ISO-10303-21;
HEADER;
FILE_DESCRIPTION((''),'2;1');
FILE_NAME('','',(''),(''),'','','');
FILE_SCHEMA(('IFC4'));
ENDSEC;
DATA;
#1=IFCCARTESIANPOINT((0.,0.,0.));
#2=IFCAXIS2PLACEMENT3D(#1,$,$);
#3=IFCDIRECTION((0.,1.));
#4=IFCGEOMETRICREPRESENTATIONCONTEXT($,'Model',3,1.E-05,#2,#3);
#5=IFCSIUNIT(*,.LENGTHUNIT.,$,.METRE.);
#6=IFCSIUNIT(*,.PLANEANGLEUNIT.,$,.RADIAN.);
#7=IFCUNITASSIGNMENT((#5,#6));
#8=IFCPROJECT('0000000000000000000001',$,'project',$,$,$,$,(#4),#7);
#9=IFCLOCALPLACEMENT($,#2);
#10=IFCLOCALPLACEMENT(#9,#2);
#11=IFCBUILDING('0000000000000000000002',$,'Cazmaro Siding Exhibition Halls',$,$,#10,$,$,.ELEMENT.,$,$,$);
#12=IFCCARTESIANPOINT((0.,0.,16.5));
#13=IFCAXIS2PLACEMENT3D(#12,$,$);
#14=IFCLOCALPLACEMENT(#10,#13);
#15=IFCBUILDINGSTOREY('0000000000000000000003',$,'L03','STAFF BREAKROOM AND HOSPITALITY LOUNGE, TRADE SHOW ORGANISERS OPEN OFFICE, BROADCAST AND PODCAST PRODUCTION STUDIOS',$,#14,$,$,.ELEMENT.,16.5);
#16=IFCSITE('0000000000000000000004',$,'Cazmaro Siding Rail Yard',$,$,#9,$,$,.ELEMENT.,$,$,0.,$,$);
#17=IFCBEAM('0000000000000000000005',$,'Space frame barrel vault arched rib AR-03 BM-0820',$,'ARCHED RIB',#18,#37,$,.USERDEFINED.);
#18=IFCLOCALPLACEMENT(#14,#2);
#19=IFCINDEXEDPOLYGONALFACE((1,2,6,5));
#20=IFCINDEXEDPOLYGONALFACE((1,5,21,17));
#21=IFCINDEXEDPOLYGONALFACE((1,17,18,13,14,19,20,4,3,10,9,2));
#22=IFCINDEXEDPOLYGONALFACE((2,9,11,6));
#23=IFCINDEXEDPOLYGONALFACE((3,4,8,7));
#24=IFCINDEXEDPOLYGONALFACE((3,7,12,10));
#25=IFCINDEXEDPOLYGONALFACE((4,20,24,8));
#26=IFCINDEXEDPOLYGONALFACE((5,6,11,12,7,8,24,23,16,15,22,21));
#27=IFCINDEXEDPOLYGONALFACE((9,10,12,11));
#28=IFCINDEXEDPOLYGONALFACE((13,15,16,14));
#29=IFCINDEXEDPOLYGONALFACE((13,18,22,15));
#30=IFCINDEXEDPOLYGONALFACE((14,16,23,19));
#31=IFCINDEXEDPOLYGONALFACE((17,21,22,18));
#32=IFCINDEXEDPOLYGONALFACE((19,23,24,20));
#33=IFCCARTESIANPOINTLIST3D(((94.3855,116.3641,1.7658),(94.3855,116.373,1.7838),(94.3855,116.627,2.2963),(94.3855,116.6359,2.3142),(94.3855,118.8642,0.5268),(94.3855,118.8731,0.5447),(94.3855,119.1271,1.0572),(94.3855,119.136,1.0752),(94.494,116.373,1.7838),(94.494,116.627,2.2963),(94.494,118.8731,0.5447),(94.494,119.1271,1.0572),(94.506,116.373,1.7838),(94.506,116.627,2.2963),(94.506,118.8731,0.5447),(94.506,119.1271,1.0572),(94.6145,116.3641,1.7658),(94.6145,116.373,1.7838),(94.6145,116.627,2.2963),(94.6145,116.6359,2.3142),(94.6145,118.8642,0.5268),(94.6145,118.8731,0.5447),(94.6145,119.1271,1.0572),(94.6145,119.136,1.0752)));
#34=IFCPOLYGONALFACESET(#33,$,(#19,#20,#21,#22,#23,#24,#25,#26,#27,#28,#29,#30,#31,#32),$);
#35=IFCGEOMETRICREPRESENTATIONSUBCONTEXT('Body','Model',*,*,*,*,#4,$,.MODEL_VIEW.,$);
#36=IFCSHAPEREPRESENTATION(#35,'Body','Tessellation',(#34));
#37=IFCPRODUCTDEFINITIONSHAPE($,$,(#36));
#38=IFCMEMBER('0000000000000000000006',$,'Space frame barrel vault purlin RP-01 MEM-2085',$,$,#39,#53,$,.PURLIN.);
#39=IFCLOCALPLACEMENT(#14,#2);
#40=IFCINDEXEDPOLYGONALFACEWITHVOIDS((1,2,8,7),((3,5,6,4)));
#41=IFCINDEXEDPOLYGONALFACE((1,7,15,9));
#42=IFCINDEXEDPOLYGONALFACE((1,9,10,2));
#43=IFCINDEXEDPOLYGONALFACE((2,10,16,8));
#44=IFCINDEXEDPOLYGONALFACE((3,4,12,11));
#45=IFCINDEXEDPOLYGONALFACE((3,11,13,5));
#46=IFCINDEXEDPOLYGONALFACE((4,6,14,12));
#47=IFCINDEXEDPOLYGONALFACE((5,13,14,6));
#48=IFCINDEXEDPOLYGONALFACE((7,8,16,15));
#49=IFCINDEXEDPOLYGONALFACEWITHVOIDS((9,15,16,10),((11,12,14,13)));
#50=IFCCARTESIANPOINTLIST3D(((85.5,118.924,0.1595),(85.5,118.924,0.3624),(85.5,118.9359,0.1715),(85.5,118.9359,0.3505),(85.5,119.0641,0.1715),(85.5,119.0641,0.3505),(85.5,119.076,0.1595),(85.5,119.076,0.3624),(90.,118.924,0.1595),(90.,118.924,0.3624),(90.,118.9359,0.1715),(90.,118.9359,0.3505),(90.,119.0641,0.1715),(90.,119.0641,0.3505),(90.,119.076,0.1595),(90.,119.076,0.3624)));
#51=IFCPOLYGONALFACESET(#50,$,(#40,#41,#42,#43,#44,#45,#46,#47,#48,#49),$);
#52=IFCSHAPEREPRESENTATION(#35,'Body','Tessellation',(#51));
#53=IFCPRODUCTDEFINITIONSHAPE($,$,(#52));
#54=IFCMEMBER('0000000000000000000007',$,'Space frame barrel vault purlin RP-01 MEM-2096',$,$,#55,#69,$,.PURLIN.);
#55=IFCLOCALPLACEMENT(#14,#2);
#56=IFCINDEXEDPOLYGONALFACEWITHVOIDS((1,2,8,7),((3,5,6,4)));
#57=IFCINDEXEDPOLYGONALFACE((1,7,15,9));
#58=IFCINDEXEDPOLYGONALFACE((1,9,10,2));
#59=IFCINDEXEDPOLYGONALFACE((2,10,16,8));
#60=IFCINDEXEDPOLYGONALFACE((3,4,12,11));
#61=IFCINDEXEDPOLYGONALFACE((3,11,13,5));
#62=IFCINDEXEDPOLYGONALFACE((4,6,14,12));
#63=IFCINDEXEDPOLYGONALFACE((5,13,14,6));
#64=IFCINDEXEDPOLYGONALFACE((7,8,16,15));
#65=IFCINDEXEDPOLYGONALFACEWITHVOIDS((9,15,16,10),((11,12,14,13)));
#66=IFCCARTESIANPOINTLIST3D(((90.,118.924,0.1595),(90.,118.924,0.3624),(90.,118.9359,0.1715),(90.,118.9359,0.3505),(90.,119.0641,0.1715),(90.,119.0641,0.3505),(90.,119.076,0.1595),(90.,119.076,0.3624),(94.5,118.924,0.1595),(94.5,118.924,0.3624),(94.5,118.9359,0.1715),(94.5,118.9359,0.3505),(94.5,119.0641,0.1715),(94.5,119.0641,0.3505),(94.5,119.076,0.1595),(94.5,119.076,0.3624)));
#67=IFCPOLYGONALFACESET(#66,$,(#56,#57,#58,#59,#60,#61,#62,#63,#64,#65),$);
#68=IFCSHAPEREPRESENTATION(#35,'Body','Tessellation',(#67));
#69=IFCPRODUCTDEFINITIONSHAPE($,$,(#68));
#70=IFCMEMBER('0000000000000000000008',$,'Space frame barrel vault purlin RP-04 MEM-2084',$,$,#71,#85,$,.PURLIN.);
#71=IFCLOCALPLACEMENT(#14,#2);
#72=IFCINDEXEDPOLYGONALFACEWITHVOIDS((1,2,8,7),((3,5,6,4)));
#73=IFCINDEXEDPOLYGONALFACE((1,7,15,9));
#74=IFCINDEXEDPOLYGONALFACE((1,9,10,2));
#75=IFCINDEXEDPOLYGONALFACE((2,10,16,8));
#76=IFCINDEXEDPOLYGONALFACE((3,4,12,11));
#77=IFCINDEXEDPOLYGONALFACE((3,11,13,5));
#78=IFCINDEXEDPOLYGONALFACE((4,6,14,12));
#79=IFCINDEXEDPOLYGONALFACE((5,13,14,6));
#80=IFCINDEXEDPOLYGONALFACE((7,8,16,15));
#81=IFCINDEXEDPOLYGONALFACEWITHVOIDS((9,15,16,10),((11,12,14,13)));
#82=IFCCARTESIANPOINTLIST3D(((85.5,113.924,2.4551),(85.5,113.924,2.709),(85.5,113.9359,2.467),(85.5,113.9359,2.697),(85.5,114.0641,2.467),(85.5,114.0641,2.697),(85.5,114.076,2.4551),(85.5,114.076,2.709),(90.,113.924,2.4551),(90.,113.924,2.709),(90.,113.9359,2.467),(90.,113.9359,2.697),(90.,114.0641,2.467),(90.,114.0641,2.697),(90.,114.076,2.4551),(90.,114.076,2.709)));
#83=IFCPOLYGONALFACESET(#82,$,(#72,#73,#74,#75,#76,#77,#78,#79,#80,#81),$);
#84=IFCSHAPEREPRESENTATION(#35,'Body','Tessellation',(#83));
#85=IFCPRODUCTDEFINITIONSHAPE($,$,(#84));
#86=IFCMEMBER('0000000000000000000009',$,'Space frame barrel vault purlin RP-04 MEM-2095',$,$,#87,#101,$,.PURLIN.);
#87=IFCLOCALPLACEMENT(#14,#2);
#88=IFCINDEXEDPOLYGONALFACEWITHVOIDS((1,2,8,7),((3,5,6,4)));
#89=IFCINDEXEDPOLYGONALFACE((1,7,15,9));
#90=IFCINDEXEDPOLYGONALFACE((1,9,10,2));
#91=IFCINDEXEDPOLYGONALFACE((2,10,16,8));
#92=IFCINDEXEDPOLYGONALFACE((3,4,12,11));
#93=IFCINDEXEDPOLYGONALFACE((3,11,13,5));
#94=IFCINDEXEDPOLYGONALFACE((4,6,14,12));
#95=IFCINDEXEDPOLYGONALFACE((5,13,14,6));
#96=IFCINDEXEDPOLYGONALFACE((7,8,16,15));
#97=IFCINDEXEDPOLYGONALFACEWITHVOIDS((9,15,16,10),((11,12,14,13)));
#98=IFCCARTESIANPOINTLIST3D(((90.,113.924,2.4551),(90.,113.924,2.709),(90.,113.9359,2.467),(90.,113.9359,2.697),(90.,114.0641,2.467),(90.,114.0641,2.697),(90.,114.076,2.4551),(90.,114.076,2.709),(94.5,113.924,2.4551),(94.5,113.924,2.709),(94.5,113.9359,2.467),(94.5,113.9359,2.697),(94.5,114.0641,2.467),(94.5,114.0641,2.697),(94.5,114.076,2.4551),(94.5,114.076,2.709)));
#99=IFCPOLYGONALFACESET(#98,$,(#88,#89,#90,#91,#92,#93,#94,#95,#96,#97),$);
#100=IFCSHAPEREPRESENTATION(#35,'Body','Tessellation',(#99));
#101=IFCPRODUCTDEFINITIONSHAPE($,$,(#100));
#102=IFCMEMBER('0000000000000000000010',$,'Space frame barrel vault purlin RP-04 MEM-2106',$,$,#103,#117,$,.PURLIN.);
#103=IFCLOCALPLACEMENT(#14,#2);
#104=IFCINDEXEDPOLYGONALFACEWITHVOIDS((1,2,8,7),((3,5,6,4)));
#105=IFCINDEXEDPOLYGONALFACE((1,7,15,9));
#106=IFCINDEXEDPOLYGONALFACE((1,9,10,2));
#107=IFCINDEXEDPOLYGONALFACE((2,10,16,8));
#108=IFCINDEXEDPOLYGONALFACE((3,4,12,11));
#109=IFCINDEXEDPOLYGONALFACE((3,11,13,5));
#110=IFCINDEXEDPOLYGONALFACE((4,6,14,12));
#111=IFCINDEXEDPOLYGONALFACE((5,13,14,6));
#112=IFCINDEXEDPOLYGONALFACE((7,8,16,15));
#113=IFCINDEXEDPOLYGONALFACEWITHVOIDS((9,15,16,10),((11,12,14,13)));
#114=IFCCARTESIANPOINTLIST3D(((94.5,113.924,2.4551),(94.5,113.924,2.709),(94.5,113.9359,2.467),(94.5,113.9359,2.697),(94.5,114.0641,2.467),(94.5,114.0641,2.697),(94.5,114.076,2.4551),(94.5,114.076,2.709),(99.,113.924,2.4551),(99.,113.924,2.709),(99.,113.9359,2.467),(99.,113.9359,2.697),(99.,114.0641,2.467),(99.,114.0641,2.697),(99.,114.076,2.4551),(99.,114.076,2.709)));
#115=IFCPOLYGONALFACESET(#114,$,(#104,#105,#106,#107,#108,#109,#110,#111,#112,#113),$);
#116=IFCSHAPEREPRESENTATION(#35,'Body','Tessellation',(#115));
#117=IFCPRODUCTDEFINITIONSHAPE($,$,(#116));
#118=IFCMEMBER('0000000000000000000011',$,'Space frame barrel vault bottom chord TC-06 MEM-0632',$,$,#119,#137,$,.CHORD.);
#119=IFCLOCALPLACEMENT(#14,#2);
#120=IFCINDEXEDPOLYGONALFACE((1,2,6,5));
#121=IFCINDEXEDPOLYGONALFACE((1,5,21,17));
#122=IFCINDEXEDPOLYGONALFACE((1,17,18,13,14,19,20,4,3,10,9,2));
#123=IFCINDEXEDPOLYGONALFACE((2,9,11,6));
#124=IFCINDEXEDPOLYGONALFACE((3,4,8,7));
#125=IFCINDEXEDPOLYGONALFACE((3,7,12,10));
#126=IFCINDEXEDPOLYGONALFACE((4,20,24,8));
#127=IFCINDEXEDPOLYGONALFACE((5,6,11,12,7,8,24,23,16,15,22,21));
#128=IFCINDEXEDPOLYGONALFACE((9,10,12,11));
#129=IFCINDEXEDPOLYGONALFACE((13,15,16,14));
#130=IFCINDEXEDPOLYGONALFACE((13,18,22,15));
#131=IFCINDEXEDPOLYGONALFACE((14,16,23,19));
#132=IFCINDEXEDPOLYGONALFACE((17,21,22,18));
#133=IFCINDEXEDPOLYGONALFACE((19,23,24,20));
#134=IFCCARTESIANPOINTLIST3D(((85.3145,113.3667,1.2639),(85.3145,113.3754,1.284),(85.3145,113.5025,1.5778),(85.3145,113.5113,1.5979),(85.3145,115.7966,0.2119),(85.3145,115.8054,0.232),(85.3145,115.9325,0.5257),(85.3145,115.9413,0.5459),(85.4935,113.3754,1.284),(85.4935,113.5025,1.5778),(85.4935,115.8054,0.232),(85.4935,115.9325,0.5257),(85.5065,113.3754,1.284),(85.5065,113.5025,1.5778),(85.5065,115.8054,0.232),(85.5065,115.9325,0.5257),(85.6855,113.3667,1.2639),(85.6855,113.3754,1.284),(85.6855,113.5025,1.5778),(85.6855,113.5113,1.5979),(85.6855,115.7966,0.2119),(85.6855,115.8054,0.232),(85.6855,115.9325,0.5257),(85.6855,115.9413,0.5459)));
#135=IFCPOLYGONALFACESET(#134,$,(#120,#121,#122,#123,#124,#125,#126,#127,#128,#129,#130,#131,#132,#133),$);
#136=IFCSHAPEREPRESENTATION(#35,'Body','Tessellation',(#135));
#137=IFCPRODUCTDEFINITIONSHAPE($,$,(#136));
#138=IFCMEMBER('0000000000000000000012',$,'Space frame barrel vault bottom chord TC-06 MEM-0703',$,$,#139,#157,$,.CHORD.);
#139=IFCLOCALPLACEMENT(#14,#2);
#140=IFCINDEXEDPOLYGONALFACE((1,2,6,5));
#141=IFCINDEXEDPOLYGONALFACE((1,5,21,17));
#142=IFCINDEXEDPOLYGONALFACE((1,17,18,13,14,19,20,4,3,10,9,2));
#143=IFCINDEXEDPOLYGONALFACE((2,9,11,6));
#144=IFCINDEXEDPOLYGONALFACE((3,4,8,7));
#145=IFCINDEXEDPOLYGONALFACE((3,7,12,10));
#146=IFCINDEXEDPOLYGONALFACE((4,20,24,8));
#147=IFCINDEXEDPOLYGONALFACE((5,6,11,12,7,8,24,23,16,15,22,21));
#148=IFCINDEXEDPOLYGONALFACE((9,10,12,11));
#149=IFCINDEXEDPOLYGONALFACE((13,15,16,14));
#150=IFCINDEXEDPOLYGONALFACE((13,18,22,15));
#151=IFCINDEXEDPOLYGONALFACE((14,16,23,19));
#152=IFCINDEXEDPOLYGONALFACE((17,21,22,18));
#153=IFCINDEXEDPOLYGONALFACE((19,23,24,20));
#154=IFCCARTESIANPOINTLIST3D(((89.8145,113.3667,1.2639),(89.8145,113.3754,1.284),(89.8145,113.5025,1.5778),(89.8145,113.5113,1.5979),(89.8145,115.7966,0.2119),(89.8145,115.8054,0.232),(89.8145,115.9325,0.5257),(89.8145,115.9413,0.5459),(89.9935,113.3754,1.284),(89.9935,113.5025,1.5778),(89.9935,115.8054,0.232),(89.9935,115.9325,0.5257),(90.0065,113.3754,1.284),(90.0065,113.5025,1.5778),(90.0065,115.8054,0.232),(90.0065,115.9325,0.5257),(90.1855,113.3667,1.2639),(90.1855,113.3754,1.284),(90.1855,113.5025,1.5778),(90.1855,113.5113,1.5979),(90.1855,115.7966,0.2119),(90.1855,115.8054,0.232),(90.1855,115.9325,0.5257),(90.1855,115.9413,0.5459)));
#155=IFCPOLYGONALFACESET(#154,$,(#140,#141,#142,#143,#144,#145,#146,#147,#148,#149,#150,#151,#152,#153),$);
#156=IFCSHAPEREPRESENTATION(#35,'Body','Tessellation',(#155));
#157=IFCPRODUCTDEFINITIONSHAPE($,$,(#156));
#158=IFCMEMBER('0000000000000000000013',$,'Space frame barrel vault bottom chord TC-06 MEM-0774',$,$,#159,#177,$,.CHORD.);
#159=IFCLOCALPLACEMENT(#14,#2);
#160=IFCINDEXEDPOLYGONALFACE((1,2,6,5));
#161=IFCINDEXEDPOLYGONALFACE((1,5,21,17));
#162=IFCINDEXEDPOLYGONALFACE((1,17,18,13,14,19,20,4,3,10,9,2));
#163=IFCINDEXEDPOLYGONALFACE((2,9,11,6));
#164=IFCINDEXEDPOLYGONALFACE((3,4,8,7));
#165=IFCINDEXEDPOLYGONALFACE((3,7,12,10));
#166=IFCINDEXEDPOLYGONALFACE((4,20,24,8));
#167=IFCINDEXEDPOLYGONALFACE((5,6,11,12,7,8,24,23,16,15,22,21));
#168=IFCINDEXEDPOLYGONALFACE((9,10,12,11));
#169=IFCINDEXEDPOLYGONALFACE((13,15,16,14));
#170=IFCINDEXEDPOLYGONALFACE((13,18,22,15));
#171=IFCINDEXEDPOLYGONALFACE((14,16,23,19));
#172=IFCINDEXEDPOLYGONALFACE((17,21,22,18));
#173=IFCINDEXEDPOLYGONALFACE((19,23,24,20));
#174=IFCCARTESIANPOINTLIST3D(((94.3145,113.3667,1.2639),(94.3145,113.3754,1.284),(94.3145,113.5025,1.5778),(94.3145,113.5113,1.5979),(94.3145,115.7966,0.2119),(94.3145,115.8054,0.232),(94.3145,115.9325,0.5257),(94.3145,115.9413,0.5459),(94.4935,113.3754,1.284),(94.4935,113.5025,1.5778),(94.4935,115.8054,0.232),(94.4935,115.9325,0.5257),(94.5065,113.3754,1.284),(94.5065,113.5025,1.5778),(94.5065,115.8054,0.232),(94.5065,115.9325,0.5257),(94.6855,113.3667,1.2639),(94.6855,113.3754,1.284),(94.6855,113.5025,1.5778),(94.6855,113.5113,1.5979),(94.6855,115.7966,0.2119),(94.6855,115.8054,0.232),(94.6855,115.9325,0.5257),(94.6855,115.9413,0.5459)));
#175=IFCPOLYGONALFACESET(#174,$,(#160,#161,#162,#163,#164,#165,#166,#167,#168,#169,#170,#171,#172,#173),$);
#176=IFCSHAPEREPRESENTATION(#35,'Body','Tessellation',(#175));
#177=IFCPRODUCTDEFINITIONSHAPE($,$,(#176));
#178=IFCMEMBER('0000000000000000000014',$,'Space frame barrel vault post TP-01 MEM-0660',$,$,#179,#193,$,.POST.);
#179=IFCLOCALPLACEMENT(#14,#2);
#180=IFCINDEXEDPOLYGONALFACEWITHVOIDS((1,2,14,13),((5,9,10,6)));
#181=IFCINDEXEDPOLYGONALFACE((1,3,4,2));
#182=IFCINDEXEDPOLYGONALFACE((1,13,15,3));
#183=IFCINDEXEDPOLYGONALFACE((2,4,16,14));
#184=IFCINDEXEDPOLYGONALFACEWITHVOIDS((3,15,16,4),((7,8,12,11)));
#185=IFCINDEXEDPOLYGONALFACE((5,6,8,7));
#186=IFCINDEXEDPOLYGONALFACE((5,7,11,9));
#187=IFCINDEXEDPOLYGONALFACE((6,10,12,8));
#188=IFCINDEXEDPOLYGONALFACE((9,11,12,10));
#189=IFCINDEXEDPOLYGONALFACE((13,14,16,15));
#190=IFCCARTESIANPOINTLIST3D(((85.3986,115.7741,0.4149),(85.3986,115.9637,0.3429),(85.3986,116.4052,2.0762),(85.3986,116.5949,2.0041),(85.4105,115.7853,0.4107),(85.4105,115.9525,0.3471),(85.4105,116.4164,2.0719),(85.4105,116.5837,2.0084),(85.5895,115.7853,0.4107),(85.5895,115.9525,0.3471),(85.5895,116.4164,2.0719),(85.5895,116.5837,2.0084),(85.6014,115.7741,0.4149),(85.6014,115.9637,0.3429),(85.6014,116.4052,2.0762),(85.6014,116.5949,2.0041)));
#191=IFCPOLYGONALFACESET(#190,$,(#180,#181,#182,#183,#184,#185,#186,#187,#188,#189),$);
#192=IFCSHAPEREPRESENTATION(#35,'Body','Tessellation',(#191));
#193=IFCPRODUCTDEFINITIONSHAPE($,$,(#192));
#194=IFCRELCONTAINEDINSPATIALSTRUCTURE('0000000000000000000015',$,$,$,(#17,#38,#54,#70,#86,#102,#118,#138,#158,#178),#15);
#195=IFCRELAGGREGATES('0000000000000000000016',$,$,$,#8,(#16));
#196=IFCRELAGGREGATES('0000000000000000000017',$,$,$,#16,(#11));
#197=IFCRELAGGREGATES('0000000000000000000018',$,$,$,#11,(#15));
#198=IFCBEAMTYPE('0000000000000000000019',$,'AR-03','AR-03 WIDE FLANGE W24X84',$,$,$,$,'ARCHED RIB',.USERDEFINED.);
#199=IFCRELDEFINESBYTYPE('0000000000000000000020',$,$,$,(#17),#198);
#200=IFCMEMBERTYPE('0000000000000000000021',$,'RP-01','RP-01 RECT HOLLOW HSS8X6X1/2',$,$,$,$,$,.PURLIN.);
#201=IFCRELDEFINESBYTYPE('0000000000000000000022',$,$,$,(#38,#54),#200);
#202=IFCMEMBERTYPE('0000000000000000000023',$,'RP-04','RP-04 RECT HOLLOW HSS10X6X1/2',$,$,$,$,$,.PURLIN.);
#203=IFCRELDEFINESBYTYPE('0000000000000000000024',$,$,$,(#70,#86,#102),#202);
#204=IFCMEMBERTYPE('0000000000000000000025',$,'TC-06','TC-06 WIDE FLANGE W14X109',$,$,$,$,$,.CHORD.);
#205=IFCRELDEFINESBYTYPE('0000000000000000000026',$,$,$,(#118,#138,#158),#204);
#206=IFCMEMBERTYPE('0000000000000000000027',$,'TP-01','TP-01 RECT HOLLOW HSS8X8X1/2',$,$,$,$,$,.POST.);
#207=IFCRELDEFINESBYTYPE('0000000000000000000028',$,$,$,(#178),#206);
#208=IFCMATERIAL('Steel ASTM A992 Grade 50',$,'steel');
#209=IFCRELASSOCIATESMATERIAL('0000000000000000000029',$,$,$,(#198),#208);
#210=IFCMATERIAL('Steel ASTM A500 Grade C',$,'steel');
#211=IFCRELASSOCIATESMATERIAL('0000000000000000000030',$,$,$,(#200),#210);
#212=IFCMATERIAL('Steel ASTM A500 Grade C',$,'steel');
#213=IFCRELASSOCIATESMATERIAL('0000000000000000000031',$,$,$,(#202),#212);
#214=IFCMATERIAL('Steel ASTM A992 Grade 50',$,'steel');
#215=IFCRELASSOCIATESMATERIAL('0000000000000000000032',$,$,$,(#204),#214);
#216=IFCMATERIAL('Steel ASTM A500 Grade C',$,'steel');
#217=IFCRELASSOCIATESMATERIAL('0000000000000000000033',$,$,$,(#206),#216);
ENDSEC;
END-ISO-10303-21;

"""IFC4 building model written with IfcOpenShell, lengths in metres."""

from ifc_helpers import new_model, si_unit, direction, frame, origin, origin_2d, place, context, subcontext, project, spatial, hollow_rectangle, i_section, extrude, material, material_profile, profile_set, type_object, element, save


model = new_model("IFC4")

# Units and contexts
model_context = context("Model", 3, precision=1e-05, world=origin(), true_north=direction((0.0, 1.0)))
body_context = subcontext(model_context, "Body", "Model", "MODEL_VIEW")
ifc_project = project(units=[si_unit("LENGTHUNIT", "METRE"), si_unit("PLANEANGLEUNIT", "RADIAN")], contexts=[model_context])

# Site, building, storey
site_placement = place(None, origin())
site = spatial("IfcSite", under=ifc_project, at=site_placement, Name="Cazmaro Siding Rail Yard", CompositionType="ELEMENT", RefElevation=0.0)
building_placement = place(site_placement, origin())
building = spatial("IfcBuilding", under=site, at=building_placement, Name="Cazmaro Siding Exhibition Halls", CompositionType="ELEMENT")
storey_placement = place(building_placement, frame((0.0, 0.0, 16.5)))
storey = spatial("IfcBuildingStorey", under=building, at=storey_placement, Name="L03", Description="STAFF BREAKROOM AND HOSPITALITY LOUNGE, TRADE SHOW ORGANISERS OPEN OFFICE, BROADCAST AND PODCAST PRODUCTION STUDIOS", CompositionType="ELEMENT", Elevation=16.5)

# Beam
ifc_material_1 = material(Name="Steel ASTM A992 Grade 50", Category="steel")
ifc_material_profile_1 = material_profile(ifc_material_1, i_section(OverallWidth=0.229, OverallDepth=0.6121, WebThickness=0.012, FlangeThickness=0.02, at=origin_2d()), Name="W24X84")
ifc_profile_set_1 = profile_set([ifc_material_profile_1], Name="Steel ASTM A992 Grade 50")
beam_type_1 = type_object("IfcBeamType", Name="AR-03", Description="AR-03 WIDE FLANGE W24X84", ElementType="ARCHED RIB", PredefinedType="USERDEFINED", material=ifc_profile_set_1)
beam_1_placement = place(storey_placement, frame((94.5, 116.5, 2.04), z_axis=(0.0, 0.895997, -0.444061), x_axis=(-1.0, 0.0, 0.0)))
element("IfcBeam", 1, at=beam_1_placement, inside=storey, type_object=beam_type_1, Name="Space frame barrel vault arched rib AR-03 BM-0820", ObjectType="ARCHED RIB", PredefinedType="USERDEFINED", context=body_context, shape_type="SweptSolid", body=[
    extrude(i_section(OverallWidth=0.229, OverallDepth=0.6121, WebThickness=0.012, FlangeThickness=0.02, at=origin_2d()), origin(), (0.0, 0.0, 1.0), 2.7903),
])

# Members
ifc_material_2 = material(Name="Steel ASTM A500 Grade C", Category="steel")
ifc_material_profile_2 = material_profile(ifc_material_2, hollow_rectangle(XDim=0.1521, YDim=0.2029, WallThickness=0.012, at=origin_2d()), Name="HSS8X6X1/2")
ifc_profile_set_2 = profile_set([ifc_material_profile_2], Name="Steel ASTM A500 Grade C")
member_type_1 = type_object("IfcMemberType", Name="RP-01", Description="RP-01 RECT HOLLOW HSS8X6X1/2", PredefinedType="PURLIN", material=ifc_profile_set_2)
for number, where, z_axis, x_axis, name in (
    (2, (85.5, 119.0, 0.261), (1.0, 0.0, 0.0), (0.0, 1.0, 0.0), "Space frame barrel vault purlin RP-01 MEM-2085"),
    (3, (90.0, 119.0, 0.261), (1.0, 0.0, 0.0), (0.0, 1.0, 0.0), "Space frame barrel vault purlin RP-01 MEM-2096"),
):
    element("IfcMember", number, at=place(storey_placement, frame(where, z_axis=z_axis, x_axis=x_axis)), inside=storey, type_object=member_type_1, Name=name, PredefinedType="PURLIN", context=body_context, shape_type="SweptSolid", body=[
        extrude(hollow_rectangle(XDim=0.1521, YDim=0.2029, WallThickness=0.012, at=origin_2d()), origin(), (0.0, 0.0, 1.0), 4.5),
    ])
ifc_material_3 = material(Name="Steel ASTM A500 Grade C", Category="steel")
ifc_material_profile_3 = material_profile(ifc_material_3, hollow_rectangle(XDim=0.1521, YDim=0.2539, WallThickness=0.012, at=origin_2d()), Name="HSS10X6X1/2")
ifc_profile_set_3 = profile_set([ifc_material_profile_3], Name="Steel ASTM A500 Grade C")
member_type_2 = type_object("IfcMemberType", Name="RP-04", Description="RP-04 RECT HOLLOW HSS10X6X1/2", PredefinedType="PURLIN", material=ifc_profile_set_3)
for number, where, z_axis, x_axis, name in (
    (4, (85.5, 114.0, 2.582), (1.0, 0.0, 0.0), (0.0, 1.0, 0.0), "Space frame barrel vault purlin RP-04 MEM-2084"),
    (5, (90.0, 114.0, 2.582), (1.0, 0.0, 0.0), (0.0, 1.0, 0.0), "Space frame barrel vault purlin RP-04 MEM-2095"),
    (6, (94.5, 114.0, 2.582), (1.0, 0.0, 0.0), (0.0, 1.0, 0.0), "Space frame barrel vault purlin RP-04 MEM-2106"),
):
    element("IfcMember", number, at=place(storey_placement, frame(where, z_axis=z_axis, x_axis=x_axis)), inside=storey, type_object=member_type_2, Name=name, PredefinedType="PURLIN", context=body_context, shape_type="SweptSolid", body=[
        extrude(hollow_rectangle(XDim=0.1521, YDim=0.2539, WallThickness=0.012, at=origin_2d()), origin(), (0.0, 0.0, 1.0), 4.5),
    ])
ifc_material_4 = material(Name="Steel ASTM A992 Grade 50", Category="steel")
ifc_material_profile_4 = material_profile(ifc_material_4, i_section(OverallWidth=0.3711, OverallDepth=0.364, WebThickness=0.0129, FlangeThickness=0.022, at=origin_2d()), Name="W14X109")
ifc_profile_set_4 = profile_set([ifc_material_profile_4], Name="Steel ASTM A992 Grade 50")
member_type_3 = type_object("IfcMemberType", Name="TC-06", Description="TC-06 WIDE FLANGE W14X109", PredefinedType="CHORD", material=ifc_profile_set_4)
for number, where, z_axis, x_axis, name in (
    (7, (85.5, 113.439, 1.4309), (0.0, 0.917689, -0.397299), (-1.0, 0.0, 0.0), "Space frame barrel vault bottom chord TC-06 MEM-0632"),
    (8, (90.0, 113.439, 1.4309), (0.0, 0.917689, -0.397299), (-1.0, 0.0, 0.0), "Space frame barrel vault bottom chord TC-06 MEM-0703"),
    (9, (94.5, 113.439, 1.4309), (0.0, 0.917689, -0.397299), (-1.0, 0.0, 0.0), "Space frame barrel vault bottom chord TC-06 MEM-0774"),
):
    element("IfcMember", number, at=place(storey_placement, frame(where, z_axis=z_axis, x_axis=x_axis)), inside=storey, type_object=member_type_3, Name=name, PredefinedType="CHORD", context=body_context, shape_type="SweptSolid", body=[
        extrude(i_section(OverallWidth=0.3711, OverallDepth=0.364, WebThickness=0.0129, FlangeThickness=0.022, at=origin_2d()), origin(), (0.0, 0.0, 1.0), 2.6479),
    ])
ifc_material_5 = material(Name="Steel ASTM A500 Grade C", Category="steel")
ifc_material_profile_5 = material_profile(ifc_material_5, hollow_rectangle(XDim=0.2029, YDim=0.2029, WallThickness=0.012, at=origin_2d()), Name="HSS8X8X1/2")
ifc_profile_set_5 = profile_set([ifc_material_profile_5], Name="Steel ASTM A500 Grade C")
member_type_4 = type_object("IfcMemberType", Name="TP-01", Description="TP-01 RECT HOLLOW HSS8X8X1/2", PredefinedType="POST", material=ifc_profile_set_5)
for number, where, z_axis, x_axis, name in (
    (10, (85.5, 115.8689, 0.3789), (0.0, 0.355155, 0.934807), (-1.0, 0.0, 0.0), "Space frame barrel vault post TP-01 MEM-0660"),
):
    element("IfcMember", number, at=place(storey_placement, frame(where, z_axis=z_axis, x_axis=x_axis)), inside=storey, type_object=member_type_4, Name=name, PredefinedType="POST", context=body_context, shape_type="SweptSolid", body=[
        extrude(hollow_rectangle(XDim=0.2029, YDim=0.2029, WallThickness=0.012, at=origin_2d()), origin(), (0.0, 0.0, 1.0), 1.7771),
    ])

save(model, "model.ifc")
